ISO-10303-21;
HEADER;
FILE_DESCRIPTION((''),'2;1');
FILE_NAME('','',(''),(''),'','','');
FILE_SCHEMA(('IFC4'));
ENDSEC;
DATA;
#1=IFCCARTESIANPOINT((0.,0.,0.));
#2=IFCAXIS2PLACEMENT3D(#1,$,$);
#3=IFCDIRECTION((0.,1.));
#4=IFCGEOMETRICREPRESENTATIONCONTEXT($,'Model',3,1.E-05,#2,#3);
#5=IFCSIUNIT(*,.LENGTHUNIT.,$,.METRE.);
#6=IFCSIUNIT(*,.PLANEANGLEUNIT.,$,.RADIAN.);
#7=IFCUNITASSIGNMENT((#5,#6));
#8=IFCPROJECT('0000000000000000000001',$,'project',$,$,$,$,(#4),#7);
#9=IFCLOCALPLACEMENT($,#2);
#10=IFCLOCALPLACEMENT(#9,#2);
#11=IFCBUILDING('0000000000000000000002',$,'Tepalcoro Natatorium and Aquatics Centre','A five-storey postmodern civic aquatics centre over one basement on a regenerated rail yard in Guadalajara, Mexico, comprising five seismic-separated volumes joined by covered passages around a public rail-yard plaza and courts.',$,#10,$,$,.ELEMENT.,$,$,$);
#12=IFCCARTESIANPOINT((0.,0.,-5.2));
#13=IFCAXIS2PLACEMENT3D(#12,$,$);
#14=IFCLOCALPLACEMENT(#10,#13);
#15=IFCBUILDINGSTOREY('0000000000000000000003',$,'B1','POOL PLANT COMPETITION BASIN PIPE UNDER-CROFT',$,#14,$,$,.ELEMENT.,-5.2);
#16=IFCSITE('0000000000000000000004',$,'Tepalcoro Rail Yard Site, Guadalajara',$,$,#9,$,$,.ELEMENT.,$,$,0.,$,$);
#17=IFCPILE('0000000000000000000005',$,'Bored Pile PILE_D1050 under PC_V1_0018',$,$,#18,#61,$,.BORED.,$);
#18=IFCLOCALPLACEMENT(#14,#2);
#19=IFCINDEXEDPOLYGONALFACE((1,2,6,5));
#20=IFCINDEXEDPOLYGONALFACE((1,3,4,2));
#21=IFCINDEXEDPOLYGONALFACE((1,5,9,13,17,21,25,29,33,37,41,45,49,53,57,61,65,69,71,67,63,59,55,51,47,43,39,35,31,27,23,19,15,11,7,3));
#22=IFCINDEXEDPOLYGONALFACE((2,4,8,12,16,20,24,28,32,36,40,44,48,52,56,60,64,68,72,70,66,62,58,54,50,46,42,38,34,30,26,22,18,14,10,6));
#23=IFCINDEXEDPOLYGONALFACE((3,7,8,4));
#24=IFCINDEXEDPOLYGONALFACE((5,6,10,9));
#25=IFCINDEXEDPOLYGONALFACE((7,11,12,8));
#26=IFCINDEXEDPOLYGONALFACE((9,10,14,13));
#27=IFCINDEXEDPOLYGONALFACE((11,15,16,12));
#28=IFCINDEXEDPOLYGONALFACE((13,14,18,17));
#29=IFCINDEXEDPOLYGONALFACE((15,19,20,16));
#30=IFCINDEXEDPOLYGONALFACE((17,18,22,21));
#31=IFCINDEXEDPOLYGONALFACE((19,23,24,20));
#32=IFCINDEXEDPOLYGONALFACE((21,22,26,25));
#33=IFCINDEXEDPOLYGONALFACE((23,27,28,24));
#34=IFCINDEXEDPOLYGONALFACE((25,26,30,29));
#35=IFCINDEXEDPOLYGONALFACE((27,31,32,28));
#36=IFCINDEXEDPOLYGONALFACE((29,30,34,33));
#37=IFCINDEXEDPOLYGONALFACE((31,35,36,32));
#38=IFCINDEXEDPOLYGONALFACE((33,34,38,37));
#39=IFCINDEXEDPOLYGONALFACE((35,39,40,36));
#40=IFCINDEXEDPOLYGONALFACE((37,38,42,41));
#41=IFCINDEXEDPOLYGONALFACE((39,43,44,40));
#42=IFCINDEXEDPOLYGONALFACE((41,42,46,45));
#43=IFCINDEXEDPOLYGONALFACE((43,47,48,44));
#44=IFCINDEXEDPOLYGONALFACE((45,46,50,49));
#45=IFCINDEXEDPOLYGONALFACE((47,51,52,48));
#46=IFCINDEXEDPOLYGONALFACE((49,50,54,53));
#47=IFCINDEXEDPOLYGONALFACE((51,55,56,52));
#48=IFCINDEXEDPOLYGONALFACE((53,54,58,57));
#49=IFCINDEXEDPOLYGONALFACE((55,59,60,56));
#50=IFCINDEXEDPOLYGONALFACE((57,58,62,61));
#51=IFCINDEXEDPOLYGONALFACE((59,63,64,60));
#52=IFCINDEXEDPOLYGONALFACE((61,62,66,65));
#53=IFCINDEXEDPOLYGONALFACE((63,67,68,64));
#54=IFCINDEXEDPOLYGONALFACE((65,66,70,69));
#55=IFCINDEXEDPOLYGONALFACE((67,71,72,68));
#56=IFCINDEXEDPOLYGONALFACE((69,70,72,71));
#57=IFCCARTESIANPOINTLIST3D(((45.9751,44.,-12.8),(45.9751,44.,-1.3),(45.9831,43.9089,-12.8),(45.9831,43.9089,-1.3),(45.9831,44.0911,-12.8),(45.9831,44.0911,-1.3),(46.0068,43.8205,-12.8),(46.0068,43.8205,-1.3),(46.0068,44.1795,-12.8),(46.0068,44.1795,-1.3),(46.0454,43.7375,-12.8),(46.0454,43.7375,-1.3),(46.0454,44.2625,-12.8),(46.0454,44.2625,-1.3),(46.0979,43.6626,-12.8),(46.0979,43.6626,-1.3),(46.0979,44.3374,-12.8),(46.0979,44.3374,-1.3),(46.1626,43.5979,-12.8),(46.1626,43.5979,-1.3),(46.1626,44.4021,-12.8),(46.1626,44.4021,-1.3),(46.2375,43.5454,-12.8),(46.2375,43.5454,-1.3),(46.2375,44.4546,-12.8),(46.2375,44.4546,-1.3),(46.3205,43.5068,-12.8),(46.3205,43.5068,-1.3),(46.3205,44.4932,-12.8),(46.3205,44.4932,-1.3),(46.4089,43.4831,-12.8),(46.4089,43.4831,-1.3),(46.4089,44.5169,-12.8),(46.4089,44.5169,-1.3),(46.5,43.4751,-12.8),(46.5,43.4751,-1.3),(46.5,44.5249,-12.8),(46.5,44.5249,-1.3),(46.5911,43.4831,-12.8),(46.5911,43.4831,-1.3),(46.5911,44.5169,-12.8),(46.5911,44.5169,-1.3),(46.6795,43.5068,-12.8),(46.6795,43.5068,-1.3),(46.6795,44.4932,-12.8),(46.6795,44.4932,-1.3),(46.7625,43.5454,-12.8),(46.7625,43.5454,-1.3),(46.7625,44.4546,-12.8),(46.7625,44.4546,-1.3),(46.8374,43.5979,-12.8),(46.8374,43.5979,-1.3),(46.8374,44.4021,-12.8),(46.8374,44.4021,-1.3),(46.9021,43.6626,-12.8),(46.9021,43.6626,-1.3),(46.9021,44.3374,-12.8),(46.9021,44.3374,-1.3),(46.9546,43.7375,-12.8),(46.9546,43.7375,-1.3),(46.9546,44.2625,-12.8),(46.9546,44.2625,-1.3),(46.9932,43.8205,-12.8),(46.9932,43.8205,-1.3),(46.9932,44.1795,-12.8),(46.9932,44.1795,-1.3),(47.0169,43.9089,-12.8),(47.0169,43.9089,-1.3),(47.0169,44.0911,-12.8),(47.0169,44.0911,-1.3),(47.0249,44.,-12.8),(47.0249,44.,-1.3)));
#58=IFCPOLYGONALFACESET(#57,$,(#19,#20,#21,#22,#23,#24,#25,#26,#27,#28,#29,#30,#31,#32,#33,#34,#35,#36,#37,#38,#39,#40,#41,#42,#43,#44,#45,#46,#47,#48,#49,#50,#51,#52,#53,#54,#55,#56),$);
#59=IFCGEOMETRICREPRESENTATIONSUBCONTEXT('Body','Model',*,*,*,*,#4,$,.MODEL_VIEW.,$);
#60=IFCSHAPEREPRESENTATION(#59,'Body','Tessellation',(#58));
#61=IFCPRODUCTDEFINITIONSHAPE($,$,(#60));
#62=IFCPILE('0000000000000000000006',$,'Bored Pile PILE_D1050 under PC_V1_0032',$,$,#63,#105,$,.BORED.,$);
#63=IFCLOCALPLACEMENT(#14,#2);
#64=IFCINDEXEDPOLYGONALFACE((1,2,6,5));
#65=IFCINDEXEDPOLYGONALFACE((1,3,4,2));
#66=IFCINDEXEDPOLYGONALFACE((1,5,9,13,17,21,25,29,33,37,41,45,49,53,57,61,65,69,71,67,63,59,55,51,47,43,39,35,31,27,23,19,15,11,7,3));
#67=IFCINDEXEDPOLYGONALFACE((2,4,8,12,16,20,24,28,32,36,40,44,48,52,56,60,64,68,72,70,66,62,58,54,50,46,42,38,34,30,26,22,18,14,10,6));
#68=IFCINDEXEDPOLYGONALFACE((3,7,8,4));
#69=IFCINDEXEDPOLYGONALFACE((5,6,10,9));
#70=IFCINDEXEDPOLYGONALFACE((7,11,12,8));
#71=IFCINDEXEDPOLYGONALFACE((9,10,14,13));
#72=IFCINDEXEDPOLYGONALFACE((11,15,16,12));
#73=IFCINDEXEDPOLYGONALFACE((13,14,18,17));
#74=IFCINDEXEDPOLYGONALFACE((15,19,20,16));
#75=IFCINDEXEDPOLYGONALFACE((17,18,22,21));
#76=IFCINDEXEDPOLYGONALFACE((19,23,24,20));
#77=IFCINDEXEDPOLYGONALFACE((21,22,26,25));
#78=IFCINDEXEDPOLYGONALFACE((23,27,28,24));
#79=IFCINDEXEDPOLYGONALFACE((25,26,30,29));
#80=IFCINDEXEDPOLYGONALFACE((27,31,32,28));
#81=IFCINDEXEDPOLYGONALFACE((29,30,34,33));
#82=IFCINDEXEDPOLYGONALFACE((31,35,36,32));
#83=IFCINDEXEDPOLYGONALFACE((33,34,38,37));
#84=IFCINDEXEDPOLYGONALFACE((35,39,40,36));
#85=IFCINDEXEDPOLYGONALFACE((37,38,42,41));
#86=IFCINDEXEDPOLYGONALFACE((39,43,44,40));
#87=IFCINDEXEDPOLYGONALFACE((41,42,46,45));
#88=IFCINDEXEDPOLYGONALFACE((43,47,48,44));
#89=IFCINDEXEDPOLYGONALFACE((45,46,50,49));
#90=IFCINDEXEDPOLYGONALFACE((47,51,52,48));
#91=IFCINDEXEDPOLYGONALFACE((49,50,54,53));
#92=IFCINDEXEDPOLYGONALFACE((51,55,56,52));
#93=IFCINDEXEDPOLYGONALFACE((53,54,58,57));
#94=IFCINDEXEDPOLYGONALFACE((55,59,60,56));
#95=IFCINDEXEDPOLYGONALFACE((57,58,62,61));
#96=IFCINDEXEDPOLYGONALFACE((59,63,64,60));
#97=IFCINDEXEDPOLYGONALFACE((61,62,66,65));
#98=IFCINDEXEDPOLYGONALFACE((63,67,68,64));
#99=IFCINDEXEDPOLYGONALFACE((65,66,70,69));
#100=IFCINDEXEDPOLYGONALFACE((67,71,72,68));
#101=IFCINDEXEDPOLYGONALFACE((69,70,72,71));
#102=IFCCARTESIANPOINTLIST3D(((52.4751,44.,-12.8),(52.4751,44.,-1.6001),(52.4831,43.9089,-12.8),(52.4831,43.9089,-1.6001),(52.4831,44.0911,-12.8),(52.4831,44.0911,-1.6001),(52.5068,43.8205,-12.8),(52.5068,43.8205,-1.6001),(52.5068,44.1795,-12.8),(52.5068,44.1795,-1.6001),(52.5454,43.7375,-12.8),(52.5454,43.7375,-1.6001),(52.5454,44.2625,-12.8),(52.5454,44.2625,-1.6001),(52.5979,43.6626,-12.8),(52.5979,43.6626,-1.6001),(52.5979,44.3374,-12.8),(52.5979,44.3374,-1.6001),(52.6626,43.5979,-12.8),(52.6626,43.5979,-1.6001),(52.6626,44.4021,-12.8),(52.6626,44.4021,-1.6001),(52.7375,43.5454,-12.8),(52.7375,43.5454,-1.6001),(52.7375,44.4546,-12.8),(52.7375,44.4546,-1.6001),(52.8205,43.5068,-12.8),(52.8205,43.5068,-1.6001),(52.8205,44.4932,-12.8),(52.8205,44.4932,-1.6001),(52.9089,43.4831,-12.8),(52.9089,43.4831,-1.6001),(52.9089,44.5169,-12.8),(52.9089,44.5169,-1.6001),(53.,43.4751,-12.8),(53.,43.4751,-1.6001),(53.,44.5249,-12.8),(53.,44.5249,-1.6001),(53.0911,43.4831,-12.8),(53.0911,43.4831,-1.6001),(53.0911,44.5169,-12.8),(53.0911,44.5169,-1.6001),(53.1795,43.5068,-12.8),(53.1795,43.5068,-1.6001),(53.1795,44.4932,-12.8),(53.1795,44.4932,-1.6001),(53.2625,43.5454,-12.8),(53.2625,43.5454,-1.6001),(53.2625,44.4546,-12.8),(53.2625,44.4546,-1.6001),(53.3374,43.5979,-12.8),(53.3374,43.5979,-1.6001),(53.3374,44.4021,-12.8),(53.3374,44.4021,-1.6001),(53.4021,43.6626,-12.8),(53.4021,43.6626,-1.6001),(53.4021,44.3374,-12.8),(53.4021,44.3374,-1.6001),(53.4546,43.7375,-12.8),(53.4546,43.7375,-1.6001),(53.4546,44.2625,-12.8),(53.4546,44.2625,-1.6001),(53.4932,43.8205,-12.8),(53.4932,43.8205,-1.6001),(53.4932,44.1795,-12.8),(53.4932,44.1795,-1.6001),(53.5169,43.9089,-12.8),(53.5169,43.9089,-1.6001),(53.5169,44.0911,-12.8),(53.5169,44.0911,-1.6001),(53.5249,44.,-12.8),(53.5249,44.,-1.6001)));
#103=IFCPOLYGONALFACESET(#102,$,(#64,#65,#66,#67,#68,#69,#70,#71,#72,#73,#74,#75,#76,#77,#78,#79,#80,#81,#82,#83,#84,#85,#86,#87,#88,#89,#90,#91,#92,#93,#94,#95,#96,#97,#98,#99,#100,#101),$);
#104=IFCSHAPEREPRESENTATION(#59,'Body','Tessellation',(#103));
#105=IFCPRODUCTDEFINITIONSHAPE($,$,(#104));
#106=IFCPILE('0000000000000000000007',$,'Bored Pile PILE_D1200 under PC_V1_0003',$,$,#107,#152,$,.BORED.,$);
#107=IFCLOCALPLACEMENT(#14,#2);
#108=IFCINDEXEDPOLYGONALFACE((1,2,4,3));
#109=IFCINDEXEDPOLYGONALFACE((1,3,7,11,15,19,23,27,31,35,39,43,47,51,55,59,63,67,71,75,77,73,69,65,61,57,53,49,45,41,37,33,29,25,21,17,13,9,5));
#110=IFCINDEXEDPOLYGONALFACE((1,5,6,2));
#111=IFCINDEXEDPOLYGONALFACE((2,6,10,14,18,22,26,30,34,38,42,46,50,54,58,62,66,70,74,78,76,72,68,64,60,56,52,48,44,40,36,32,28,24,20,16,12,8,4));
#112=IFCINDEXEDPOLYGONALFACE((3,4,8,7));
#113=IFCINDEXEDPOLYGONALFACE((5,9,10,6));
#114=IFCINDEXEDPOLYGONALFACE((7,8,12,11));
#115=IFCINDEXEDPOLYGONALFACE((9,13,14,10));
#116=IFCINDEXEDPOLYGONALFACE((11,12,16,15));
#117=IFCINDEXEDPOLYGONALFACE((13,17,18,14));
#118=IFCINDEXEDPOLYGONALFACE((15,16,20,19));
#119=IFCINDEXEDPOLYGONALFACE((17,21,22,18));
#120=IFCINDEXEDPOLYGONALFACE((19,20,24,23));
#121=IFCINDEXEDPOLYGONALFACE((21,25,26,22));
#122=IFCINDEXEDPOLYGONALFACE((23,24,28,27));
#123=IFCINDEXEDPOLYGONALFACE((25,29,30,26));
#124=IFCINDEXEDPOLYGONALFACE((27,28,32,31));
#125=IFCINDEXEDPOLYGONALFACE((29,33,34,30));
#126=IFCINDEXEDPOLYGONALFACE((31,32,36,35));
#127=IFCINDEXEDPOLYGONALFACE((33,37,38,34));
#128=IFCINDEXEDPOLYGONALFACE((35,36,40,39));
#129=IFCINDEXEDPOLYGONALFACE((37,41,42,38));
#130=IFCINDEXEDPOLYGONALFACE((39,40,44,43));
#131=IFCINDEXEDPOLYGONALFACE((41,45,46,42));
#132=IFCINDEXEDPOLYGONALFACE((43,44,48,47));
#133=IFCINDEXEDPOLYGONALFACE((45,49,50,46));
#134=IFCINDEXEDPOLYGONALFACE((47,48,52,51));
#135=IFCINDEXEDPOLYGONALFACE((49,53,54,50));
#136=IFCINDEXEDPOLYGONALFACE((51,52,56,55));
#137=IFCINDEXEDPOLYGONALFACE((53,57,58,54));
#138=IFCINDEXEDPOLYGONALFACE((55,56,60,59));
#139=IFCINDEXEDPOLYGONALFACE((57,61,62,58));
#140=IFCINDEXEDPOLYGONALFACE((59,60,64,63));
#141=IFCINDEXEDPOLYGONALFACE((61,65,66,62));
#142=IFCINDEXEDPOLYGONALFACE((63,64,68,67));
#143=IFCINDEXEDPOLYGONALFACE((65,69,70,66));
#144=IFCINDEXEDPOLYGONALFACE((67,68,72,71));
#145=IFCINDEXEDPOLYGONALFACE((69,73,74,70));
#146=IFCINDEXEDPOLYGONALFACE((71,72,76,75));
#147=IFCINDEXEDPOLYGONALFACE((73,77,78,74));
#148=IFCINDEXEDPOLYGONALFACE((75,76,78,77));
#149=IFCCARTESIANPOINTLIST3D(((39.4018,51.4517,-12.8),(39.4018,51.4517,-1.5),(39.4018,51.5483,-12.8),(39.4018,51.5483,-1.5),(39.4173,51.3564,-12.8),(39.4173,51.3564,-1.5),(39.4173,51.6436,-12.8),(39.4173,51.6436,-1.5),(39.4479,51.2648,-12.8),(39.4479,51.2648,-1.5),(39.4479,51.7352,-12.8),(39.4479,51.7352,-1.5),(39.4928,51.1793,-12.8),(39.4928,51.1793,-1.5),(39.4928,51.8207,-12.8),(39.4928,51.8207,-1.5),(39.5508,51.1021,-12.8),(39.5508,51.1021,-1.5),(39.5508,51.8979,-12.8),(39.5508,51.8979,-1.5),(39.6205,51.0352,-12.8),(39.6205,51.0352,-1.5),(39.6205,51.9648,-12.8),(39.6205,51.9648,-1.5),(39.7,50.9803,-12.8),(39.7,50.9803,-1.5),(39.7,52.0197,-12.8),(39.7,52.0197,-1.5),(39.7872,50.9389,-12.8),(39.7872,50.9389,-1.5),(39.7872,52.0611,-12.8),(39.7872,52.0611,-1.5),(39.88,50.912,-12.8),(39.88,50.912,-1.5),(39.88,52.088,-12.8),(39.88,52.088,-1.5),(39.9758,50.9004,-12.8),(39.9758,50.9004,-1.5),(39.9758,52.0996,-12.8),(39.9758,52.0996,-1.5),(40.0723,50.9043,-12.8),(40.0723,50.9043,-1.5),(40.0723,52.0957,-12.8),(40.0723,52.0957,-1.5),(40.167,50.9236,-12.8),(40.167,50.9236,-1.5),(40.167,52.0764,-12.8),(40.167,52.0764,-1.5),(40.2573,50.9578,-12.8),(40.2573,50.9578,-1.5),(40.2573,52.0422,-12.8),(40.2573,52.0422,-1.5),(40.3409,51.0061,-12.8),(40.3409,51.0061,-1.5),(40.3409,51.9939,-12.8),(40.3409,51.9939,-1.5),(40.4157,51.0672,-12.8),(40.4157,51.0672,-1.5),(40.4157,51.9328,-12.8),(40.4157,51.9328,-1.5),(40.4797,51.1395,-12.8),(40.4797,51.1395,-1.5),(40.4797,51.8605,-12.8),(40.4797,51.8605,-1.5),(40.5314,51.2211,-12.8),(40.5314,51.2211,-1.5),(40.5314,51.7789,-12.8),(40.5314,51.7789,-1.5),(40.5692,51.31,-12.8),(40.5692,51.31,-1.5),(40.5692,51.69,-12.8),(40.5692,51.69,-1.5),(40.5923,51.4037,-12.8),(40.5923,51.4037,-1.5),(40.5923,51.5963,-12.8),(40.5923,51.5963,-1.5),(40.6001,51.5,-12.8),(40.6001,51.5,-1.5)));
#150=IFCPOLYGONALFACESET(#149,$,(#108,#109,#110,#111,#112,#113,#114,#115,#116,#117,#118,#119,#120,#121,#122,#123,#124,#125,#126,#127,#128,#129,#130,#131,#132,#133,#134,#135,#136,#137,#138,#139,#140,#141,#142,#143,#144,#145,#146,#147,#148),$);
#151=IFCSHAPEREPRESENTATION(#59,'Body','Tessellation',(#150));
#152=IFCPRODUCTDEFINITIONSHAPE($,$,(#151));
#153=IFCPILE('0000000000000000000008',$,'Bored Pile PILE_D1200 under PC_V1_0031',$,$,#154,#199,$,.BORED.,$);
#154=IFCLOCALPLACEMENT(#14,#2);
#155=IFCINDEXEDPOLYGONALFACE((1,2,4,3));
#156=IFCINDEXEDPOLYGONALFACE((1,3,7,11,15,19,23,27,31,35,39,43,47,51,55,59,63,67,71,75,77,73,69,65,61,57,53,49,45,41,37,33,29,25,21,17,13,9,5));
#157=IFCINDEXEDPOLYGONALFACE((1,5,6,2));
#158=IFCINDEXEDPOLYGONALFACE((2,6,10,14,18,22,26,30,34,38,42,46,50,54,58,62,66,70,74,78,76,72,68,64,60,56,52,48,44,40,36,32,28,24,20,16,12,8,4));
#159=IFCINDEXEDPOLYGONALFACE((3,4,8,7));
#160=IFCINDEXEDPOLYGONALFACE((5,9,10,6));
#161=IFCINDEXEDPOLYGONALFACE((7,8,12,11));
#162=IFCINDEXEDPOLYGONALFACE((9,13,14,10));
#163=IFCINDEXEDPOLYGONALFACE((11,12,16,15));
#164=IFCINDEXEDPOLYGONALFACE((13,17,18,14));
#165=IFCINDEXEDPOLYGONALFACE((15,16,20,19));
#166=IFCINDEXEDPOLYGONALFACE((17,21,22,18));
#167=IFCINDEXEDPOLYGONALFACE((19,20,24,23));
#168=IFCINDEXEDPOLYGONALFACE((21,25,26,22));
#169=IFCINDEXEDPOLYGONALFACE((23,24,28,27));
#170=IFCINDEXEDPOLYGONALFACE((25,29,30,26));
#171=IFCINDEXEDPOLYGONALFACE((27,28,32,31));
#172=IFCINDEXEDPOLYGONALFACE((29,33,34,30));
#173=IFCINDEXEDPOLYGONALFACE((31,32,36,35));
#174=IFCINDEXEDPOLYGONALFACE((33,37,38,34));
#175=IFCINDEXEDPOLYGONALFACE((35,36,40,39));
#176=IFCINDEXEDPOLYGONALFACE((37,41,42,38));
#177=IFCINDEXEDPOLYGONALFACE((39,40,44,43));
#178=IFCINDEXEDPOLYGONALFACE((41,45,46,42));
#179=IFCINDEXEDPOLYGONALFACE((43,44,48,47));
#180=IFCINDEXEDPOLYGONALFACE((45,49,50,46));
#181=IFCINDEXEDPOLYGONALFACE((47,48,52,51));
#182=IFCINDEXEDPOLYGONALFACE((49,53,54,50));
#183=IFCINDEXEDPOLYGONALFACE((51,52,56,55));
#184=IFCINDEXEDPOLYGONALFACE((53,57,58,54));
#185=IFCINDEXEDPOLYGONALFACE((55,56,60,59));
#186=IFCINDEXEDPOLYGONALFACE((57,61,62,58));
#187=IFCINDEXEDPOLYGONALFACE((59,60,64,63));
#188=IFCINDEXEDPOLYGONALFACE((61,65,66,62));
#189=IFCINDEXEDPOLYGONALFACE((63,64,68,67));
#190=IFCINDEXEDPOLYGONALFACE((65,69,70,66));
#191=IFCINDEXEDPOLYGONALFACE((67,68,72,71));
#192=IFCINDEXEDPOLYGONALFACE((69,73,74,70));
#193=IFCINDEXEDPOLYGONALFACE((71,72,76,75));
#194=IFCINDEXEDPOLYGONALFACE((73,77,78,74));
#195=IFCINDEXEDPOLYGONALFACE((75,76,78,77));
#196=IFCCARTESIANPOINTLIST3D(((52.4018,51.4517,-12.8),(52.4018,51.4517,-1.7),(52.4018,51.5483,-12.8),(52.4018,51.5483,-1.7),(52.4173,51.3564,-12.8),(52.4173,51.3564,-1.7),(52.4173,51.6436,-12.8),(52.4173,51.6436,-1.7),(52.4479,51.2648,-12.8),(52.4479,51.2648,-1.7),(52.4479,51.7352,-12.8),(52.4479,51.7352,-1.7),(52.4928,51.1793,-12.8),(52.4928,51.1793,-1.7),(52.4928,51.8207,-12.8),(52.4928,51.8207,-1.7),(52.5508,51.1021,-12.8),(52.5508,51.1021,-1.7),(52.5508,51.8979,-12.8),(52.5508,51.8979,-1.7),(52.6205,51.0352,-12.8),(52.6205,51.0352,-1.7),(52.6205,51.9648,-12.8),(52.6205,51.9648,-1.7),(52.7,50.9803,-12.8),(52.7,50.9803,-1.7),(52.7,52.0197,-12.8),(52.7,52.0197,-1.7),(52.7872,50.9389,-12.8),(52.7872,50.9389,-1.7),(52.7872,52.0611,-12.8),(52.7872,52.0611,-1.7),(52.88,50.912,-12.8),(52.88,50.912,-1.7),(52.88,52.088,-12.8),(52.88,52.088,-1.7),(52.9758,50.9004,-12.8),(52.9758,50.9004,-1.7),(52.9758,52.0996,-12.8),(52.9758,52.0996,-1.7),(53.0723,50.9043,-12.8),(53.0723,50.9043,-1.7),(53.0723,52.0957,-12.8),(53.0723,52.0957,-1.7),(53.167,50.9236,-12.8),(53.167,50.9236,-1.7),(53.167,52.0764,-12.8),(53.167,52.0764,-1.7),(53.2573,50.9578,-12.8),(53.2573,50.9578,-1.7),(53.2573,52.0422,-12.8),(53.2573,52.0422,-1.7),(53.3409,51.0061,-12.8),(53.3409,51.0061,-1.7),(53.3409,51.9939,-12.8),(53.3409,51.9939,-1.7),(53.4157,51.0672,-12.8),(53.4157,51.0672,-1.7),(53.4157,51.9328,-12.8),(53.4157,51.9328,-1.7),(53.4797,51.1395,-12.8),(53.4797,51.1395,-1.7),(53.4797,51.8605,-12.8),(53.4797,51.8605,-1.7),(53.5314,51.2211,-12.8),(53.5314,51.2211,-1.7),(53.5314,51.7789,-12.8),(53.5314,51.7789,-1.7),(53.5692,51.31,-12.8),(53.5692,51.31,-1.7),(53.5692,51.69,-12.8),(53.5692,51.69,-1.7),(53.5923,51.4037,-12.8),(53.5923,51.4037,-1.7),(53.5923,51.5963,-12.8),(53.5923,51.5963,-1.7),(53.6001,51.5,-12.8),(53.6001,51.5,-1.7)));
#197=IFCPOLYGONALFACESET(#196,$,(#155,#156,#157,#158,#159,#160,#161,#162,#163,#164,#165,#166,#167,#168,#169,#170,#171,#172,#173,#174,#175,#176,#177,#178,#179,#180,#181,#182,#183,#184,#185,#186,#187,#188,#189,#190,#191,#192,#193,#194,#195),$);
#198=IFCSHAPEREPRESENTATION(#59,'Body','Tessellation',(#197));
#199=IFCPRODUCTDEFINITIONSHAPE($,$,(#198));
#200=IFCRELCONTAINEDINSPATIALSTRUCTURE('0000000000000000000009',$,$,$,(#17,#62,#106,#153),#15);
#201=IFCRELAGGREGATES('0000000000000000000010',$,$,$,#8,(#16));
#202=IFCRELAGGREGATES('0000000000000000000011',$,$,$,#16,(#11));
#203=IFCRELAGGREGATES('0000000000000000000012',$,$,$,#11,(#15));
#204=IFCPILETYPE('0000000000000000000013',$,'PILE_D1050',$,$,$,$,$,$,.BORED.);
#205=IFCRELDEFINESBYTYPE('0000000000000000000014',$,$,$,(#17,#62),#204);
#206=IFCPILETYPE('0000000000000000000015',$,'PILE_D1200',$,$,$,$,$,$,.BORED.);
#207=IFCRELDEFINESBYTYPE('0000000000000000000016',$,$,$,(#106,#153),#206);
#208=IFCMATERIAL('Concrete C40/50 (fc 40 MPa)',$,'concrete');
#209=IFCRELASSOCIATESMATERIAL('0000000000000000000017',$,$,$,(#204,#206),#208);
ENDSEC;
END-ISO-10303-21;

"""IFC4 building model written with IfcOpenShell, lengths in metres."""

from ifc_helpers import new_model, si_unit, direction, frame, origin, origin_2d, place, context, subcontext, project, spatial, circle, extrude, material, material_profile, profile_set, type_object, element, save


model = new_model("IFC4")

# Units and contexts
model_context = context("Model", 3, precision=1e-05, world=origin(), true_north=direction((0.0, 1.0)))
body_context = subcontext(model_context, "Body", "Model", "MODEL_VIEW")
ifc_project = project(units=[si_unit("LENGTHUNIT", "METRE"), si_unit("PLANEANGLEUNIT", "RADIAN")], contexts=[model_context])

# Site, building, storey
site_placement = place(None, origin())
site = spatial("IfcSite", under=ifc_project, at=site_placement, Name="Tepalcoro Rail Yard Site, Guadalajara", CompositionType="ELEMENT", RefElevation=0.0)
building_placement = place(site_placement, origin())
building = spatial("IfcBuilding", under=site, at=building_placement, Name="Tepalcoro Natatorium and Aquatics Centre", Description="A five-storey postmodern civic aquatics centre over one basement on a regenerated rail yard in Guadalajara, Mexico, comprising five seismic-separated volumes joined by covered passages around a public rail-yard plaza and courts.", CompositionType="ELEMENT")
storey_placement = place(building_placement, frame((0.0, 0.0, -5.2)))
storey = spatial("IfcBuildingStorey", under=building, at=storey_placement, Name="B1", Description="POOL PLANT COMPETITION BASIN PIPE UNDER-CROFT", CompositionType="ELEMENT", Elevation=-5.2)

# Piles
ifc_material = material(Name="Concrete C40/50 (fc 40 MPa)", Category="concrete")
ifc_material_profile_1 = material_profile(ifc_material, circle(Radius=0.5249, at=origin_2d()), Name="PILE_D1050")
ifc_profile_set_1 = profile_set([ifc_material_profile_1], Name="Concrete C40/50 (fc 40 MPa)")
pile_type_1 = type_object("IfcPileType", Name="PILE_D1050", PredefinedType="BORED", material=ifc_profile_set_1)
pile_1_placement = place(storey_placement, frame((46.5, 44.0, -1.3), z_axis=(0.0, 0.0, -1.0), x_axis=(1.0, 0.0, 0.0)))
element("IfcPile", 1, at=pile_1_placement, inside=storey, type_object=pile_type_1, Name="Bored Pile PILE_D1050 under PC_V1_0018", PredefinedType="BORED", context=body_context, shape_type="SweptSolid", body=[
    extrude(circle(Radius=0.5249, at=origin_2d()), origin(), (0.0, 0.0, 1.0), 11.5),
])
pile_2_placement = place(storey_placement, frame((53.0, 44.0, -1.6001), z_axis=(0.0, 0.0, -1.0), x_axis=(1.0, 0.0, 0.0)))
element("IfcPile", 2, at=pile_2_placement, inside=storey, type_object=pile_type_1, Name="Bored Pile PILE_D1050 under PC_V1_0032", PredefinedType="BORED", context=body_context, shape_type="SweptSolid", body=[
    extrude(circle(Radius=0.5249, at=origin_2d()), origin(), (0.0, 0.0, 1.0), 11.2),
])
ifc_material_profile_2 = material_profile(ifc_material, circle(Radius=0.6001, at=origin_2d()), Name="PILE_D1200")
ifc_profile_set_2 = profile_set([ifc_material_profile_2], Name="Concrete C40/50 (fc 40 MPa)")
pile_type_2 = type_object("IfcPileType", Name="PILE_D1200", PredefinedType="BORED", material=ifc_profile_set_2)
pile_3_placement = place(storey_placement, frame((40.0, 51.5, -1.5), z_axis=(0.0, 0.0, -1.0), x_axis=(1.0, 0.0, 0.0)))
element("IfcPile", 3, at=pile_3_placement, inside=storey, type_object=pile_type_2, Name="Bored Pile PILE_D1200 under PC_V1_0003", PredefinedType="BORED", context=body_context, shape_type="SweptSolid", body=[
    extrude(circle(Radius=0.6001, at=origin_2d()), origin(), (0.0, 0.0, 1.0), 11.3),
])
pile_4_placement = place(storey_placement, frame((53.0, 51.5, -1.7), z_axis=(0.0, 0.0, -1.0), x_axis=(1.0, 0.0, 0.0)))
element("IfcPile", 4, at=pile_4_placement, inside=storey, type_object=pile_type_2, Name="Bored Pile PILE_D1200 under PC_V1_0031", PredefinedType="BORED", context=body_context, shape_type="SweptSolid", body=[
    extrude(circle(Radius=0.6001, at=origin_2d()), origin(), (0.0, 0.0, 1.0), 11.1001),
])

save(model, "model.ifc")
